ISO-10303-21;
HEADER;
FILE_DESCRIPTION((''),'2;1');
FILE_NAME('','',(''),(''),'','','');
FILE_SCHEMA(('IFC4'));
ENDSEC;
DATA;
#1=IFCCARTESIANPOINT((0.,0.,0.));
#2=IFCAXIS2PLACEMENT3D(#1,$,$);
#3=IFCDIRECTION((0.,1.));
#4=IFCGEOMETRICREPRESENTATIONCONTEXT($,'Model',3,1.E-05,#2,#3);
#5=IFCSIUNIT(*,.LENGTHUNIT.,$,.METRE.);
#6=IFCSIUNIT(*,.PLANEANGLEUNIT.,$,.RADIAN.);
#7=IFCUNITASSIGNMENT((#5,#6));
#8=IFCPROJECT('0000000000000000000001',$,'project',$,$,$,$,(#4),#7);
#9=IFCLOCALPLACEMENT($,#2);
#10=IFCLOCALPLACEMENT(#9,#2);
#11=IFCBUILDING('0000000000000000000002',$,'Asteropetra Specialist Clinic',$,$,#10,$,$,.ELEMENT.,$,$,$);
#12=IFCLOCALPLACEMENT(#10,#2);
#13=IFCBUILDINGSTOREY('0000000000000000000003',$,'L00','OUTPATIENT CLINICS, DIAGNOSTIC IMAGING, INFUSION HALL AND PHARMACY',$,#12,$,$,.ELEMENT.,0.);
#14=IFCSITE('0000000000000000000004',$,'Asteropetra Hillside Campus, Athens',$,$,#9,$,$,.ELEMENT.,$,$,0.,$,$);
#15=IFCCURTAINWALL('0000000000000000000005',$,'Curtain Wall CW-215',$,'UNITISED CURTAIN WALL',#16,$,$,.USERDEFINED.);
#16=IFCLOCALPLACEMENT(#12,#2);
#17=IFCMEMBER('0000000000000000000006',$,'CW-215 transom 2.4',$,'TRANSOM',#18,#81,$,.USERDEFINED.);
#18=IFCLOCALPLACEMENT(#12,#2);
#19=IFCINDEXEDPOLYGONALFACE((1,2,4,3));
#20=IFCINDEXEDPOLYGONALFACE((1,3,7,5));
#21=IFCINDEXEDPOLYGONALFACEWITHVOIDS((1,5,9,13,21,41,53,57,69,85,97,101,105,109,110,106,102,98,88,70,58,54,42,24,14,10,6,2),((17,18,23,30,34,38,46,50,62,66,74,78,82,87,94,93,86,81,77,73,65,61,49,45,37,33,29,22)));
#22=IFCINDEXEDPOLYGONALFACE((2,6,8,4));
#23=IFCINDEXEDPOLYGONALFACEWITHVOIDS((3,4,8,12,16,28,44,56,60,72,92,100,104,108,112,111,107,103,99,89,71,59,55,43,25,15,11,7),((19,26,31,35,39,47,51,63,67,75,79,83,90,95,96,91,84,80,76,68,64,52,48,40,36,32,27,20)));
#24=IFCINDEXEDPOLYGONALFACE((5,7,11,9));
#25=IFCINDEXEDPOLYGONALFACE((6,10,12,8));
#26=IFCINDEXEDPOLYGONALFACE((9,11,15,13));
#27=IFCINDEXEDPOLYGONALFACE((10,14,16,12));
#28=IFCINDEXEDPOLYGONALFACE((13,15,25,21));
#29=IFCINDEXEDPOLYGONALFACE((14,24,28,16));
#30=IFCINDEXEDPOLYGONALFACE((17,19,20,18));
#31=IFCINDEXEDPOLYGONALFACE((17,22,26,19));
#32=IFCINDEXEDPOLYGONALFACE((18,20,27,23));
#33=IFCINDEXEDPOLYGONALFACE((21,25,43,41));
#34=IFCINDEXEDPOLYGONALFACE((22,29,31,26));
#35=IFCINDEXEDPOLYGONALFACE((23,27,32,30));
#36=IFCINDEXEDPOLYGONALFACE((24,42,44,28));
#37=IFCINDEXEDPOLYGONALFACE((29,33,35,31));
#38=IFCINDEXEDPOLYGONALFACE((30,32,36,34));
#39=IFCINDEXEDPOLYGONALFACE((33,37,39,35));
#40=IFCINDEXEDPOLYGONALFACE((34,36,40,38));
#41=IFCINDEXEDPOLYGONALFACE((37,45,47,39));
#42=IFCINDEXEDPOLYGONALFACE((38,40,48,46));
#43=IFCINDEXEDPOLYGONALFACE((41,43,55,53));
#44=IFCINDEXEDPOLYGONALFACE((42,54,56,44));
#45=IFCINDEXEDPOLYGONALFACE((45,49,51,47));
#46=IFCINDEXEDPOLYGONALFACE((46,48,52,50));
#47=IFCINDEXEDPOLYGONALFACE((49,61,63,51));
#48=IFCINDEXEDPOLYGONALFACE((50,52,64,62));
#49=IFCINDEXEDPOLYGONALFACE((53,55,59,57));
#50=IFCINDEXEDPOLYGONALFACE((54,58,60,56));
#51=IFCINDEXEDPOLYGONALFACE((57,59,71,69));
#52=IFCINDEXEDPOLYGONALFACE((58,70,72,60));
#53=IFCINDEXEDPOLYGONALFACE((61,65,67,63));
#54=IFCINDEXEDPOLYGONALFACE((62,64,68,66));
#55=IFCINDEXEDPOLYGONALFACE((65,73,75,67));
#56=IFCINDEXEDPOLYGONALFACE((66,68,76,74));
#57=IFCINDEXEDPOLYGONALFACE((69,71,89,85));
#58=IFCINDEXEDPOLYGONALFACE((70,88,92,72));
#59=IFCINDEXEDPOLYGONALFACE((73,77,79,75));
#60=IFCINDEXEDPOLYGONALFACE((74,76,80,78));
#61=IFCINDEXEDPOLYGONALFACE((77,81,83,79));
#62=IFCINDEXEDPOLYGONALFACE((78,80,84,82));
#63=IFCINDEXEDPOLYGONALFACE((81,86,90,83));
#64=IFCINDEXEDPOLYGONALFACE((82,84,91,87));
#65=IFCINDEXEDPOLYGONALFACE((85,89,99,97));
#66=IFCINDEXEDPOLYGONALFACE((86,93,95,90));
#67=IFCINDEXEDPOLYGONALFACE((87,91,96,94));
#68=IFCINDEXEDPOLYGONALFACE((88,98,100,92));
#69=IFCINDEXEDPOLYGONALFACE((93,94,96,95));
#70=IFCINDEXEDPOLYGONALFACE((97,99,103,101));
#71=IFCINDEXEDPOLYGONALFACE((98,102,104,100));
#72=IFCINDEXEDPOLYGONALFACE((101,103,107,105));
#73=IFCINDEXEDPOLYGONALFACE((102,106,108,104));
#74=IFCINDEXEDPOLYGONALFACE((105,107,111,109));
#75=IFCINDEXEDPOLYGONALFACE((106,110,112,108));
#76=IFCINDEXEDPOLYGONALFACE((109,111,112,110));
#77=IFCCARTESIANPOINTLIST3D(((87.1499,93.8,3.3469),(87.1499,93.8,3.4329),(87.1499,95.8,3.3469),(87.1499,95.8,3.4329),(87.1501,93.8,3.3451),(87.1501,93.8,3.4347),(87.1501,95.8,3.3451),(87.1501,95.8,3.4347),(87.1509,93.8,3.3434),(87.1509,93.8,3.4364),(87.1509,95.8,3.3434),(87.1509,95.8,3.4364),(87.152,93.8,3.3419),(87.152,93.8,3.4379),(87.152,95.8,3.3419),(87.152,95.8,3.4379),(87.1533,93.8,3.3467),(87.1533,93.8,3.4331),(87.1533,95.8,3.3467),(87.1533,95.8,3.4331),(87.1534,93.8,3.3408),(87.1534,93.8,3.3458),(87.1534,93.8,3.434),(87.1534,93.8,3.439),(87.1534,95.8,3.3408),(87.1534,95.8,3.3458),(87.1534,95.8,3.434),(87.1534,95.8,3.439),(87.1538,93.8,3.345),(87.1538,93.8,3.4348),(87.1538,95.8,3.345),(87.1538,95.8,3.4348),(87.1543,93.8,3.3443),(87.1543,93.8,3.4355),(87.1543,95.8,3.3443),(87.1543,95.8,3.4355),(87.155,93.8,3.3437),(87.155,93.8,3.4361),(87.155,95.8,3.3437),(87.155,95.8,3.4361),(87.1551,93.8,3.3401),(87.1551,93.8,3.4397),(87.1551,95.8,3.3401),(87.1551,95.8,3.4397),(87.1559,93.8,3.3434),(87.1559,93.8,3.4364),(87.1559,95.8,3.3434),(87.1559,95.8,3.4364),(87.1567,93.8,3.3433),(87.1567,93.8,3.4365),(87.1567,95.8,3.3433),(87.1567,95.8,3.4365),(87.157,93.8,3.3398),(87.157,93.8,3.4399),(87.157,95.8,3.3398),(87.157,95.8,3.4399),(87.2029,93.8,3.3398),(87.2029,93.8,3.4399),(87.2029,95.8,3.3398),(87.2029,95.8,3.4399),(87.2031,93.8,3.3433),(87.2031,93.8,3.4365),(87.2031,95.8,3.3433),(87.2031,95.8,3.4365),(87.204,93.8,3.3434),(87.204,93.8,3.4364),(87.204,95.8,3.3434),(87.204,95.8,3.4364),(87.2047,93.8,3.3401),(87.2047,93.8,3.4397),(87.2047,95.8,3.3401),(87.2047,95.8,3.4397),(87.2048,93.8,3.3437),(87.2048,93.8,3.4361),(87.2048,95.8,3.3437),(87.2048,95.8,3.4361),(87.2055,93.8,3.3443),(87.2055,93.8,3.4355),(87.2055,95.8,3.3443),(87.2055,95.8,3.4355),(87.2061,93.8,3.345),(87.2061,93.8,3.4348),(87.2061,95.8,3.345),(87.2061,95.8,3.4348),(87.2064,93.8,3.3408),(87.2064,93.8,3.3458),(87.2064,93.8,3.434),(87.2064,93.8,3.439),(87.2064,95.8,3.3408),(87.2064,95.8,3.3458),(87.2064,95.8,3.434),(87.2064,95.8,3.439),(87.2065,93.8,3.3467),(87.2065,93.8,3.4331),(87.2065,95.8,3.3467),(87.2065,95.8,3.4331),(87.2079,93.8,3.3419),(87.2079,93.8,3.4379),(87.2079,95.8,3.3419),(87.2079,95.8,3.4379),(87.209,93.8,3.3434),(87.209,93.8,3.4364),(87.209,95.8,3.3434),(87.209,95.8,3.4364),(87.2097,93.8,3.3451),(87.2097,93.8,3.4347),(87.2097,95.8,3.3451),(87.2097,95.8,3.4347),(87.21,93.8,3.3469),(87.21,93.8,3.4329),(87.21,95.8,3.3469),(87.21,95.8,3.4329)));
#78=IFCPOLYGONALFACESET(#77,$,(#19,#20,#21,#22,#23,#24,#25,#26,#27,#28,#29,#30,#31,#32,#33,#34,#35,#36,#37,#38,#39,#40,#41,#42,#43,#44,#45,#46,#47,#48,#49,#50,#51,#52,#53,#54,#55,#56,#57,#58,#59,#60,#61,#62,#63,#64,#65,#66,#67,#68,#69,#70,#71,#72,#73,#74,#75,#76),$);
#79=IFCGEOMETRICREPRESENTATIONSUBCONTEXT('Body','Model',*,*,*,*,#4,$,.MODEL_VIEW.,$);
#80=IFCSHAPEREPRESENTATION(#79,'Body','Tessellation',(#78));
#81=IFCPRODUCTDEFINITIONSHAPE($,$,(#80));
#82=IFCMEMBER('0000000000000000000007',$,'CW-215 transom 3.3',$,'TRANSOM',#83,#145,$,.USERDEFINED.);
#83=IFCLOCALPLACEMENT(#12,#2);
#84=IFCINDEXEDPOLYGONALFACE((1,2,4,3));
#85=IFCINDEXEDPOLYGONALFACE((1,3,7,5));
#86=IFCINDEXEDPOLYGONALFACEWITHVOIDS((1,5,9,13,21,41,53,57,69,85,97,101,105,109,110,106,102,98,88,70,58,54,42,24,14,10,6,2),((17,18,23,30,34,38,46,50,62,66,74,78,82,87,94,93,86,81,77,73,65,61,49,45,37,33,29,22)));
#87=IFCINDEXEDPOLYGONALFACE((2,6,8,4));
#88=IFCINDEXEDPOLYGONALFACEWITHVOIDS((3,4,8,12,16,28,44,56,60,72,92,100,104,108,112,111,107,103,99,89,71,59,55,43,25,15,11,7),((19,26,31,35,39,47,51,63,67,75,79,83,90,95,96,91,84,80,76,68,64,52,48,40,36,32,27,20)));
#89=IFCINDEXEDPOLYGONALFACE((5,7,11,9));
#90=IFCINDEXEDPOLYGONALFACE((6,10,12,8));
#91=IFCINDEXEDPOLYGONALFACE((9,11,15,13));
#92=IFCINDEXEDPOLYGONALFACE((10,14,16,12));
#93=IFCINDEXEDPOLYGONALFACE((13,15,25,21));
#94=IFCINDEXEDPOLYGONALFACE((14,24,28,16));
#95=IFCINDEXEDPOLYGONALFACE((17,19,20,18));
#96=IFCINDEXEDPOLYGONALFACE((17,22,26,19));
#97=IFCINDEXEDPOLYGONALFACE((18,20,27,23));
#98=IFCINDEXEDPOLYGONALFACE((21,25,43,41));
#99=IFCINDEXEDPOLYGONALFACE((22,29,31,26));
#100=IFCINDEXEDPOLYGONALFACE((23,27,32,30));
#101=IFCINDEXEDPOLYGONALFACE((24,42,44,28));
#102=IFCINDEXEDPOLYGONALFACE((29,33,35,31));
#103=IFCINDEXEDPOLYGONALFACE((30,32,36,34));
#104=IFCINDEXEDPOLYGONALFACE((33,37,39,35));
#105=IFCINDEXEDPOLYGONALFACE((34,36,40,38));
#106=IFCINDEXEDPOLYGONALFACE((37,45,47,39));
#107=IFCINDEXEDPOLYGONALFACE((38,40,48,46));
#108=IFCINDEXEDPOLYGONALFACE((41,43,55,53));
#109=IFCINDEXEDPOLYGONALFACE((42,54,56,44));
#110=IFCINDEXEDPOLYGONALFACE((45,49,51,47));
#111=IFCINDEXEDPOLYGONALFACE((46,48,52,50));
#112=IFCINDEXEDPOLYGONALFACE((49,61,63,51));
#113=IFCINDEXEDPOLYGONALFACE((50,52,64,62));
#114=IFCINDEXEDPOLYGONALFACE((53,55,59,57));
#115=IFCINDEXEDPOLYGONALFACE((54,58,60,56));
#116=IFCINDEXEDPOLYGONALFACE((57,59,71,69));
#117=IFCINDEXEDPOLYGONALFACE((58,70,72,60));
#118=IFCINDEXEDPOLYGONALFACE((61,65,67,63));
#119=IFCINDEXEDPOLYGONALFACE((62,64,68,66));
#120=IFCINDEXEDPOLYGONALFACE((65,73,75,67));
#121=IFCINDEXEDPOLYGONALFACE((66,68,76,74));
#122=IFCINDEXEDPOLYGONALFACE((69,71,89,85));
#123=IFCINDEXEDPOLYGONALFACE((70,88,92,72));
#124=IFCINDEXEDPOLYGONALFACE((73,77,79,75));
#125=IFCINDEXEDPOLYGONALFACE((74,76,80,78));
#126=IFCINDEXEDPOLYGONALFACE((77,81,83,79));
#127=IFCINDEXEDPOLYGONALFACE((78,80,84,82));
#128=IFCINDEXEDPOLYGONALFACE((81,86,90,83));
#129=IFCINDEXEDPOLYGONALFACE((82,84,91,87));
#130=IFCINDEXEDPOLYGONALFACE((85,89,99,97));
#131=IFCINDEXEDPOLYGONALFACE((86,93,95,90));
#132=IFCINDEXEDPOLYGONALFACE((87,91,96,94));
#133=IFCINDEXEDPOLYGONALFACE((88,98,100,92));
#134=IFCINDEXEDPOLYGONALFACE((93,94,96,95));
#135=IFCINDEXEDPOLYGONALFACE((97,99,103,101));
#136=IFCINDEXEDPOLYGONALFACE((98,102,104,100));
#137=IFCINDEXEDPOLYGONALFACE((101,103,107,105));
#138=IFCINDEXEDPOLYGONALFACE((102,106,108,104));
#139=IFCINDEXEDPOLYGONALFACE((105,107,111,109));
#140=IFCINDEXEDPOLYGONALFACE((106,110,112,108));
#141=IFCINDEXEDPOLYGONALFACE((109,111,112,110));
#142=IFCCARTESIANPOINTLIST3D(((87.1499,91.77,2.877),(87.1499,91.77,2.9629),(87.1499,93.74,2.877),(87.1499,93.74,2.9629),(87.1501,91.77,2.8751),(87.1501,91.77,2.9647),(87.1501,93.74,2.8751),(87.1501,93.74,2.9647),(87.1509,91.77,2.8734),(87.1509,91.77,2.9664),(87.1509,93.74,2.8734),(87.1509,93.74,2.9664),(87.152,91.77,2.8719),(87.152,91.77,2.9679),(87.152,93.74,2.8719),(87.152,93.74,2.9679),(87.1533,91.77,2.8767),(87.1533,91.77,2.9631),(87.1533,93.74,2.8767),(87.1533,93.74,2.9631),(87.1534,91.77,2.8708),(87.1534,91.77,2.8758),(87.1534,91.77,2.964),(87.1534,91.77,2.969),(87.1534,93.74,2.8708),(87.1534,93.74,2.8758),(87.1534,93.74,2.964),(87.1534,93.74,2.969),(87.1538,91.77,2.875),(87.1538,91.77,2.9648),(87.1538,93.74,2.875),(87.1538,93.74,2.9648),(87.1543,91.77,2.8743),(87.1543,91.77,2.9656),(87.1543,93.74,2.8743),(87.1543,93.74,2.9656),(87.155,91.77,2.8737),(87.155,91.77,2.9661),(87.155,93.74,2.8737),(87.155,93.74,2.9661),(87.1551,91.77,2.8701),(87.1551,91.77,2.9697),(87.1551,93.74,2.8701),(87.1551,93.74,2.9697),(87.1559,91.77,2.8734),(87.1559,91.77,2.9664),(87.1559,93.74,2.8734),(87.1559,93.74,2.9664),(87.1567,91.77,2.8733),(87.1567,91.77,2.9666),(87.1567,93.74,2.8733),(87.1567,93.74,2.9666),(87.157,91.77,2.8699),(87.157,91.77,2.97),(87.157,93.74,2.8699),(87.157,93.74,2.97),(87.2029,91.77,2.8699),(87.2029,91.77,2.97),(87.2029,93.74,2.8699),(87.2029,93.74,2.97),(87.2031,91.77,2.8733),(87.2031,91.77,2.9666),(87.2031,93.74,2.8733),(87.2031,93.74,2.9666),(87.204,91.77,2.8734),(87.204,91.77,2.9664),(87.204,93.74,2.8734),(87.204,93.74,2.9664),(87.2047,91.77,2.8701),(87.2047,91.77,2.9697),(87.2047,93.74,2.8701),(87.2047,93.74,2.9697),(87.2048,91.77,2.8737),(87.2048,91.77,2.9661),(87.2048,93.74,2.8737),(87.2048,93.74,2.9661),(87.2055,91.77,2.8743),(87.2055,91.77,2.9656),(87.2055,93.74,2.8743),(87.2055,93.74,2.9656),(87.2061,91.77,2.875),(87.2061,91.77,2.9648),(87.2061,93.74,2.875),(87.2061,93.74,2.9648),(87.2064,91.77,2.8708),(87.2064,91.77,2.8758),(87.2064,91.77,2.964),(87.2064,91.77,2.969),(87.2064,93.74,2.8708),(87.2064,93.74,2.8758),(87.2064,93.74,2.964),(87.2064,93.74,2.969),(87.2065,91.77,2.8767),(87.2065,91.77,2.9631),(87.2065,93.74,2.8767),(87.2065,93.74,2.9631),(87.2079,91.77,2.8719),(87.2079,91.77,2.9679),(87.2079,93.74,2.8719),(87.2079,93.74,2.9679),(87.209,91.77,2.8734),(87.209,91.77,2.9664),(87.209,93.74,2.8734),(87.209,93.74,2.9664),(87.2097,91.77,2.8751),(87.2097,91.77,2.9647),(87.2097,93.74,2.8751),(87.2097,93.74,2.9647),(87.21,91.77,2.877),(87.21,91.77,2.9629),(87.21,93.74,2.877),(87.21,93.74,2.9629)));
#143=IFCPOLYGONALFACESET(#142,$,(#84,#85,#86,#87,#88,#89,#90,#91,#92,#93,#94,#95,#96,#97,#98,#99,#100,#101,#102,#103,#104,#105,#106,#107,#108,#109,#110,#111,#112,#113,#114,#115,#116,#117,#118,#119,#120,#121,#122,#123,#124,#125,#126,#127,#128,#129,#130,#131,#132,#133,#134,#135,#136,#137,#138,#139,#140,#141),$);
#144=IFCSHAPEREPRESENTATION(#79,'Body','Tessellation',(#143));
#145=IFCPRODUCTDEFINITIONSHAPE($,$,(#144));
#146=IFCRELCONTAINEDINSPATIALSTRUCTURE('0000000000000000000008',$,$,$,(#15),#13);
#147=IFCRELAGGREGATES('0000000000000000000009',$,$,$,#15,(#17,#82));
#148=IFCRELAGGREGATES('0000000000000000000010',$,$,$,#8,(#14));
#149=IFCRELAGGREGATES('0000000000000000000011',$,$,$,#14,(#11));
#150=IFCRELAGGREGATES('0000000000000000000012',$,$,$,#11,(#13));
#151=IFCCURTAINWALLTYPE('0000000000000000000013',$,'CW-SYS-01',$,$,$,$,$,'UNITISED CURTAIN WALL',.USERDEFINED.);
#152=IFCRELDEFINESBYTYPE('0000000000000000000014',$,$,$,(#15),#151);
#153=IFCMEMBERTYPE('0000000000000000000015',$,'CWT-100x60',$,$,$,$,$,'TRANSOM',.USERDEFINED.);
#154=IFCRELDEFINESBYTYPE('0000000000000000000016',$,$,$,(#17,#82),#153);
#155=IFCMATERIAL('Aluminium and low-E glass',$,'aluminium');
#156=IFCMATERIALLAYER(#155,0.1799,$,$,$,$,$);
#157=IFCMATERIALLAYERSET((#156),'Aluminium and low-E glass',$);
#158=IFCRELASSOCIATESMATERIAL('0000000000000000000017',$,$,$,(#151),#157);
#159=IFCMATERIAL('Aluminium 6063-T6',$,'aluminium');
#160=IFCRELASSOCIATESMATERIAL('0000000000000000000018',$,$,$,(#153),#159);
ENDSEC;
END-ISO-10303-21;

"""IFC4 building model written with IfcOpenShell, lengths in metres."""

from ifc_helpers import new_model, si_unit, direction, frame, origin, origin_2d, place, context, subcontext, project, spatial, hollow_rectangle, extrude, material, layer, layer_set, material_profile, profile_set, type_object, element, aggregate, save


model = new_model("IFC4")

# Units and contexts
model_context = context("Model", 3, precision=1e-05, world=origin(), true_north=direction((0.0, 1.0)))
body_context = subcontext(model_context, "Body", "Model", "MODEL_VIEW")
ifc_project = project(units=[si_unit("LENGTHUNIT", "METRE"), si_unit("PLANEANGLEUNIT", "RADIAN")], contexts=[model_context])

# Site, building, storey
site_placement = place(None, origin())
site = spatial("IfcSite", under=ifc_project, at=site_placement, Name="Asteropetra Hillside Campus, Athens", CompositionType="ELEMENT", RefElevation=0.0)
building_placement = place(site_placement, origin())
building = spatial("IfcBuilding", under=site, at=building_placement, Name="Asteropetra Specialist Clinic", CompositionType="ELEMENT")
storey_placement = place(building_placement, origin())
storey = spatial("IfcBuildingStorey", under=building, at=storey_placement, Name="L00", Description="OUTPATIENT CLINICS, DIAGNOSTIC IMAGING, INFUSION HALL AND PHARMACY", CompositionType="ELEMENT", Elevation=0.0)

# Curtain wall, members
ifc_material_1 = material(Name="Aluminium and low-E glass", Category="aluminium")
ifc_layer_1 = layer(ifc_material_1, 0.1799)
ifc_layer_set_1 = layer_set([ifc_layer_1], Name="Aluminium and low-E glass")
curtain_wall_type = type_object("IfcCurtainWallType", Name="CW-SYS-01", ElementType="UNITISED CURTAIN WALL", PredefinedType="USERDEFINED", material=ifc_layer_set_1)
curtain_wall_placement = place(storey_placement, origin())
curtain_wall = element("IfcCurtainWall", 1, at=curtain_wall_placement, inside=storey, type_object=curtain_wall_type, Name="Curtain Wall CW-215", ObjectType="UNITISED CURTAIN WALL", PredefinedType="USERDEFINED")
ifc_material_2 = material(Name="Aluminium 6063-T6", Category="aluminium")
ifc_material_profile_1 = material_profile(ifc_material_2, hollow_rectangle(XDim=0.0601, YDim=0.1001, WallThickness=0.0034, InnerFilletRadius=0.0034, OuterFilletRadius=0.0071, at=origin_2d()), Name="TRN 100x60x3.5")
ifc_profile_set_1 = profile_set([ifc_material_profile_1], Name="Aluminium 6063-T6")
member_type_1 = type_object("IfcMemberType", Name="CWT-100x60", ElementType="TRANSOM", PredefinedType="USERDEFINED", material=ifc_profile_set_1)
member_1_placement = place(storey_placement, frame((87.1799, 95.8, 3.3899), z_axis=(0.0, -1.0, 0.0), x_axis=(1.0, 0.0, 0.0)))
member_1 = element("IfcMember", 2, at=member_1_placement, type_object=member_type_1, Name="CW-215 transom 2.4", ObjectType="TRANSOM", PredefinedType="USERDEFINED", context=body_context, shape_type="SweptSolid", body=[
    extrude(hollow_rectangle(XDim=0.0601, YDim=0.1001, WallThickness=0.0034, InnerFilletRadius=0.0034, OuterFilletRadius=0.0071, at=origin_2d()), origin(), (0.0, 0.0, 1.0), 2.0),
])
member_2_placement = place(storey_placement, frame((87.1799, 93.74, 2.9199), z_axis=(0.0, -1.0, 0.0), x_axis=(1.0, 0.0, 0.0)))
member_2 = element("IfcMember", 3, at=member_2_placement, type_object=member_type_1, Name="CW-215 transom 3.3", ObjectType="TRANSOM", PredefinedType="USERDEFINED", context=body_context, shape_type="SweptSolid", body=[
    extrude(hollow_rectangle(XDim=0.0601, YDim=0.1001, WallThickness=0.0034, InnerFilletRadius=0.0034, OuterFilletRadius=0.0071, at=origin_2d()), origin(), (0.0, 0.0, 1.0), 1.97),
])
aggregate(curtain_wall, [member_1, member_2])

save(model, "model.ifc")
